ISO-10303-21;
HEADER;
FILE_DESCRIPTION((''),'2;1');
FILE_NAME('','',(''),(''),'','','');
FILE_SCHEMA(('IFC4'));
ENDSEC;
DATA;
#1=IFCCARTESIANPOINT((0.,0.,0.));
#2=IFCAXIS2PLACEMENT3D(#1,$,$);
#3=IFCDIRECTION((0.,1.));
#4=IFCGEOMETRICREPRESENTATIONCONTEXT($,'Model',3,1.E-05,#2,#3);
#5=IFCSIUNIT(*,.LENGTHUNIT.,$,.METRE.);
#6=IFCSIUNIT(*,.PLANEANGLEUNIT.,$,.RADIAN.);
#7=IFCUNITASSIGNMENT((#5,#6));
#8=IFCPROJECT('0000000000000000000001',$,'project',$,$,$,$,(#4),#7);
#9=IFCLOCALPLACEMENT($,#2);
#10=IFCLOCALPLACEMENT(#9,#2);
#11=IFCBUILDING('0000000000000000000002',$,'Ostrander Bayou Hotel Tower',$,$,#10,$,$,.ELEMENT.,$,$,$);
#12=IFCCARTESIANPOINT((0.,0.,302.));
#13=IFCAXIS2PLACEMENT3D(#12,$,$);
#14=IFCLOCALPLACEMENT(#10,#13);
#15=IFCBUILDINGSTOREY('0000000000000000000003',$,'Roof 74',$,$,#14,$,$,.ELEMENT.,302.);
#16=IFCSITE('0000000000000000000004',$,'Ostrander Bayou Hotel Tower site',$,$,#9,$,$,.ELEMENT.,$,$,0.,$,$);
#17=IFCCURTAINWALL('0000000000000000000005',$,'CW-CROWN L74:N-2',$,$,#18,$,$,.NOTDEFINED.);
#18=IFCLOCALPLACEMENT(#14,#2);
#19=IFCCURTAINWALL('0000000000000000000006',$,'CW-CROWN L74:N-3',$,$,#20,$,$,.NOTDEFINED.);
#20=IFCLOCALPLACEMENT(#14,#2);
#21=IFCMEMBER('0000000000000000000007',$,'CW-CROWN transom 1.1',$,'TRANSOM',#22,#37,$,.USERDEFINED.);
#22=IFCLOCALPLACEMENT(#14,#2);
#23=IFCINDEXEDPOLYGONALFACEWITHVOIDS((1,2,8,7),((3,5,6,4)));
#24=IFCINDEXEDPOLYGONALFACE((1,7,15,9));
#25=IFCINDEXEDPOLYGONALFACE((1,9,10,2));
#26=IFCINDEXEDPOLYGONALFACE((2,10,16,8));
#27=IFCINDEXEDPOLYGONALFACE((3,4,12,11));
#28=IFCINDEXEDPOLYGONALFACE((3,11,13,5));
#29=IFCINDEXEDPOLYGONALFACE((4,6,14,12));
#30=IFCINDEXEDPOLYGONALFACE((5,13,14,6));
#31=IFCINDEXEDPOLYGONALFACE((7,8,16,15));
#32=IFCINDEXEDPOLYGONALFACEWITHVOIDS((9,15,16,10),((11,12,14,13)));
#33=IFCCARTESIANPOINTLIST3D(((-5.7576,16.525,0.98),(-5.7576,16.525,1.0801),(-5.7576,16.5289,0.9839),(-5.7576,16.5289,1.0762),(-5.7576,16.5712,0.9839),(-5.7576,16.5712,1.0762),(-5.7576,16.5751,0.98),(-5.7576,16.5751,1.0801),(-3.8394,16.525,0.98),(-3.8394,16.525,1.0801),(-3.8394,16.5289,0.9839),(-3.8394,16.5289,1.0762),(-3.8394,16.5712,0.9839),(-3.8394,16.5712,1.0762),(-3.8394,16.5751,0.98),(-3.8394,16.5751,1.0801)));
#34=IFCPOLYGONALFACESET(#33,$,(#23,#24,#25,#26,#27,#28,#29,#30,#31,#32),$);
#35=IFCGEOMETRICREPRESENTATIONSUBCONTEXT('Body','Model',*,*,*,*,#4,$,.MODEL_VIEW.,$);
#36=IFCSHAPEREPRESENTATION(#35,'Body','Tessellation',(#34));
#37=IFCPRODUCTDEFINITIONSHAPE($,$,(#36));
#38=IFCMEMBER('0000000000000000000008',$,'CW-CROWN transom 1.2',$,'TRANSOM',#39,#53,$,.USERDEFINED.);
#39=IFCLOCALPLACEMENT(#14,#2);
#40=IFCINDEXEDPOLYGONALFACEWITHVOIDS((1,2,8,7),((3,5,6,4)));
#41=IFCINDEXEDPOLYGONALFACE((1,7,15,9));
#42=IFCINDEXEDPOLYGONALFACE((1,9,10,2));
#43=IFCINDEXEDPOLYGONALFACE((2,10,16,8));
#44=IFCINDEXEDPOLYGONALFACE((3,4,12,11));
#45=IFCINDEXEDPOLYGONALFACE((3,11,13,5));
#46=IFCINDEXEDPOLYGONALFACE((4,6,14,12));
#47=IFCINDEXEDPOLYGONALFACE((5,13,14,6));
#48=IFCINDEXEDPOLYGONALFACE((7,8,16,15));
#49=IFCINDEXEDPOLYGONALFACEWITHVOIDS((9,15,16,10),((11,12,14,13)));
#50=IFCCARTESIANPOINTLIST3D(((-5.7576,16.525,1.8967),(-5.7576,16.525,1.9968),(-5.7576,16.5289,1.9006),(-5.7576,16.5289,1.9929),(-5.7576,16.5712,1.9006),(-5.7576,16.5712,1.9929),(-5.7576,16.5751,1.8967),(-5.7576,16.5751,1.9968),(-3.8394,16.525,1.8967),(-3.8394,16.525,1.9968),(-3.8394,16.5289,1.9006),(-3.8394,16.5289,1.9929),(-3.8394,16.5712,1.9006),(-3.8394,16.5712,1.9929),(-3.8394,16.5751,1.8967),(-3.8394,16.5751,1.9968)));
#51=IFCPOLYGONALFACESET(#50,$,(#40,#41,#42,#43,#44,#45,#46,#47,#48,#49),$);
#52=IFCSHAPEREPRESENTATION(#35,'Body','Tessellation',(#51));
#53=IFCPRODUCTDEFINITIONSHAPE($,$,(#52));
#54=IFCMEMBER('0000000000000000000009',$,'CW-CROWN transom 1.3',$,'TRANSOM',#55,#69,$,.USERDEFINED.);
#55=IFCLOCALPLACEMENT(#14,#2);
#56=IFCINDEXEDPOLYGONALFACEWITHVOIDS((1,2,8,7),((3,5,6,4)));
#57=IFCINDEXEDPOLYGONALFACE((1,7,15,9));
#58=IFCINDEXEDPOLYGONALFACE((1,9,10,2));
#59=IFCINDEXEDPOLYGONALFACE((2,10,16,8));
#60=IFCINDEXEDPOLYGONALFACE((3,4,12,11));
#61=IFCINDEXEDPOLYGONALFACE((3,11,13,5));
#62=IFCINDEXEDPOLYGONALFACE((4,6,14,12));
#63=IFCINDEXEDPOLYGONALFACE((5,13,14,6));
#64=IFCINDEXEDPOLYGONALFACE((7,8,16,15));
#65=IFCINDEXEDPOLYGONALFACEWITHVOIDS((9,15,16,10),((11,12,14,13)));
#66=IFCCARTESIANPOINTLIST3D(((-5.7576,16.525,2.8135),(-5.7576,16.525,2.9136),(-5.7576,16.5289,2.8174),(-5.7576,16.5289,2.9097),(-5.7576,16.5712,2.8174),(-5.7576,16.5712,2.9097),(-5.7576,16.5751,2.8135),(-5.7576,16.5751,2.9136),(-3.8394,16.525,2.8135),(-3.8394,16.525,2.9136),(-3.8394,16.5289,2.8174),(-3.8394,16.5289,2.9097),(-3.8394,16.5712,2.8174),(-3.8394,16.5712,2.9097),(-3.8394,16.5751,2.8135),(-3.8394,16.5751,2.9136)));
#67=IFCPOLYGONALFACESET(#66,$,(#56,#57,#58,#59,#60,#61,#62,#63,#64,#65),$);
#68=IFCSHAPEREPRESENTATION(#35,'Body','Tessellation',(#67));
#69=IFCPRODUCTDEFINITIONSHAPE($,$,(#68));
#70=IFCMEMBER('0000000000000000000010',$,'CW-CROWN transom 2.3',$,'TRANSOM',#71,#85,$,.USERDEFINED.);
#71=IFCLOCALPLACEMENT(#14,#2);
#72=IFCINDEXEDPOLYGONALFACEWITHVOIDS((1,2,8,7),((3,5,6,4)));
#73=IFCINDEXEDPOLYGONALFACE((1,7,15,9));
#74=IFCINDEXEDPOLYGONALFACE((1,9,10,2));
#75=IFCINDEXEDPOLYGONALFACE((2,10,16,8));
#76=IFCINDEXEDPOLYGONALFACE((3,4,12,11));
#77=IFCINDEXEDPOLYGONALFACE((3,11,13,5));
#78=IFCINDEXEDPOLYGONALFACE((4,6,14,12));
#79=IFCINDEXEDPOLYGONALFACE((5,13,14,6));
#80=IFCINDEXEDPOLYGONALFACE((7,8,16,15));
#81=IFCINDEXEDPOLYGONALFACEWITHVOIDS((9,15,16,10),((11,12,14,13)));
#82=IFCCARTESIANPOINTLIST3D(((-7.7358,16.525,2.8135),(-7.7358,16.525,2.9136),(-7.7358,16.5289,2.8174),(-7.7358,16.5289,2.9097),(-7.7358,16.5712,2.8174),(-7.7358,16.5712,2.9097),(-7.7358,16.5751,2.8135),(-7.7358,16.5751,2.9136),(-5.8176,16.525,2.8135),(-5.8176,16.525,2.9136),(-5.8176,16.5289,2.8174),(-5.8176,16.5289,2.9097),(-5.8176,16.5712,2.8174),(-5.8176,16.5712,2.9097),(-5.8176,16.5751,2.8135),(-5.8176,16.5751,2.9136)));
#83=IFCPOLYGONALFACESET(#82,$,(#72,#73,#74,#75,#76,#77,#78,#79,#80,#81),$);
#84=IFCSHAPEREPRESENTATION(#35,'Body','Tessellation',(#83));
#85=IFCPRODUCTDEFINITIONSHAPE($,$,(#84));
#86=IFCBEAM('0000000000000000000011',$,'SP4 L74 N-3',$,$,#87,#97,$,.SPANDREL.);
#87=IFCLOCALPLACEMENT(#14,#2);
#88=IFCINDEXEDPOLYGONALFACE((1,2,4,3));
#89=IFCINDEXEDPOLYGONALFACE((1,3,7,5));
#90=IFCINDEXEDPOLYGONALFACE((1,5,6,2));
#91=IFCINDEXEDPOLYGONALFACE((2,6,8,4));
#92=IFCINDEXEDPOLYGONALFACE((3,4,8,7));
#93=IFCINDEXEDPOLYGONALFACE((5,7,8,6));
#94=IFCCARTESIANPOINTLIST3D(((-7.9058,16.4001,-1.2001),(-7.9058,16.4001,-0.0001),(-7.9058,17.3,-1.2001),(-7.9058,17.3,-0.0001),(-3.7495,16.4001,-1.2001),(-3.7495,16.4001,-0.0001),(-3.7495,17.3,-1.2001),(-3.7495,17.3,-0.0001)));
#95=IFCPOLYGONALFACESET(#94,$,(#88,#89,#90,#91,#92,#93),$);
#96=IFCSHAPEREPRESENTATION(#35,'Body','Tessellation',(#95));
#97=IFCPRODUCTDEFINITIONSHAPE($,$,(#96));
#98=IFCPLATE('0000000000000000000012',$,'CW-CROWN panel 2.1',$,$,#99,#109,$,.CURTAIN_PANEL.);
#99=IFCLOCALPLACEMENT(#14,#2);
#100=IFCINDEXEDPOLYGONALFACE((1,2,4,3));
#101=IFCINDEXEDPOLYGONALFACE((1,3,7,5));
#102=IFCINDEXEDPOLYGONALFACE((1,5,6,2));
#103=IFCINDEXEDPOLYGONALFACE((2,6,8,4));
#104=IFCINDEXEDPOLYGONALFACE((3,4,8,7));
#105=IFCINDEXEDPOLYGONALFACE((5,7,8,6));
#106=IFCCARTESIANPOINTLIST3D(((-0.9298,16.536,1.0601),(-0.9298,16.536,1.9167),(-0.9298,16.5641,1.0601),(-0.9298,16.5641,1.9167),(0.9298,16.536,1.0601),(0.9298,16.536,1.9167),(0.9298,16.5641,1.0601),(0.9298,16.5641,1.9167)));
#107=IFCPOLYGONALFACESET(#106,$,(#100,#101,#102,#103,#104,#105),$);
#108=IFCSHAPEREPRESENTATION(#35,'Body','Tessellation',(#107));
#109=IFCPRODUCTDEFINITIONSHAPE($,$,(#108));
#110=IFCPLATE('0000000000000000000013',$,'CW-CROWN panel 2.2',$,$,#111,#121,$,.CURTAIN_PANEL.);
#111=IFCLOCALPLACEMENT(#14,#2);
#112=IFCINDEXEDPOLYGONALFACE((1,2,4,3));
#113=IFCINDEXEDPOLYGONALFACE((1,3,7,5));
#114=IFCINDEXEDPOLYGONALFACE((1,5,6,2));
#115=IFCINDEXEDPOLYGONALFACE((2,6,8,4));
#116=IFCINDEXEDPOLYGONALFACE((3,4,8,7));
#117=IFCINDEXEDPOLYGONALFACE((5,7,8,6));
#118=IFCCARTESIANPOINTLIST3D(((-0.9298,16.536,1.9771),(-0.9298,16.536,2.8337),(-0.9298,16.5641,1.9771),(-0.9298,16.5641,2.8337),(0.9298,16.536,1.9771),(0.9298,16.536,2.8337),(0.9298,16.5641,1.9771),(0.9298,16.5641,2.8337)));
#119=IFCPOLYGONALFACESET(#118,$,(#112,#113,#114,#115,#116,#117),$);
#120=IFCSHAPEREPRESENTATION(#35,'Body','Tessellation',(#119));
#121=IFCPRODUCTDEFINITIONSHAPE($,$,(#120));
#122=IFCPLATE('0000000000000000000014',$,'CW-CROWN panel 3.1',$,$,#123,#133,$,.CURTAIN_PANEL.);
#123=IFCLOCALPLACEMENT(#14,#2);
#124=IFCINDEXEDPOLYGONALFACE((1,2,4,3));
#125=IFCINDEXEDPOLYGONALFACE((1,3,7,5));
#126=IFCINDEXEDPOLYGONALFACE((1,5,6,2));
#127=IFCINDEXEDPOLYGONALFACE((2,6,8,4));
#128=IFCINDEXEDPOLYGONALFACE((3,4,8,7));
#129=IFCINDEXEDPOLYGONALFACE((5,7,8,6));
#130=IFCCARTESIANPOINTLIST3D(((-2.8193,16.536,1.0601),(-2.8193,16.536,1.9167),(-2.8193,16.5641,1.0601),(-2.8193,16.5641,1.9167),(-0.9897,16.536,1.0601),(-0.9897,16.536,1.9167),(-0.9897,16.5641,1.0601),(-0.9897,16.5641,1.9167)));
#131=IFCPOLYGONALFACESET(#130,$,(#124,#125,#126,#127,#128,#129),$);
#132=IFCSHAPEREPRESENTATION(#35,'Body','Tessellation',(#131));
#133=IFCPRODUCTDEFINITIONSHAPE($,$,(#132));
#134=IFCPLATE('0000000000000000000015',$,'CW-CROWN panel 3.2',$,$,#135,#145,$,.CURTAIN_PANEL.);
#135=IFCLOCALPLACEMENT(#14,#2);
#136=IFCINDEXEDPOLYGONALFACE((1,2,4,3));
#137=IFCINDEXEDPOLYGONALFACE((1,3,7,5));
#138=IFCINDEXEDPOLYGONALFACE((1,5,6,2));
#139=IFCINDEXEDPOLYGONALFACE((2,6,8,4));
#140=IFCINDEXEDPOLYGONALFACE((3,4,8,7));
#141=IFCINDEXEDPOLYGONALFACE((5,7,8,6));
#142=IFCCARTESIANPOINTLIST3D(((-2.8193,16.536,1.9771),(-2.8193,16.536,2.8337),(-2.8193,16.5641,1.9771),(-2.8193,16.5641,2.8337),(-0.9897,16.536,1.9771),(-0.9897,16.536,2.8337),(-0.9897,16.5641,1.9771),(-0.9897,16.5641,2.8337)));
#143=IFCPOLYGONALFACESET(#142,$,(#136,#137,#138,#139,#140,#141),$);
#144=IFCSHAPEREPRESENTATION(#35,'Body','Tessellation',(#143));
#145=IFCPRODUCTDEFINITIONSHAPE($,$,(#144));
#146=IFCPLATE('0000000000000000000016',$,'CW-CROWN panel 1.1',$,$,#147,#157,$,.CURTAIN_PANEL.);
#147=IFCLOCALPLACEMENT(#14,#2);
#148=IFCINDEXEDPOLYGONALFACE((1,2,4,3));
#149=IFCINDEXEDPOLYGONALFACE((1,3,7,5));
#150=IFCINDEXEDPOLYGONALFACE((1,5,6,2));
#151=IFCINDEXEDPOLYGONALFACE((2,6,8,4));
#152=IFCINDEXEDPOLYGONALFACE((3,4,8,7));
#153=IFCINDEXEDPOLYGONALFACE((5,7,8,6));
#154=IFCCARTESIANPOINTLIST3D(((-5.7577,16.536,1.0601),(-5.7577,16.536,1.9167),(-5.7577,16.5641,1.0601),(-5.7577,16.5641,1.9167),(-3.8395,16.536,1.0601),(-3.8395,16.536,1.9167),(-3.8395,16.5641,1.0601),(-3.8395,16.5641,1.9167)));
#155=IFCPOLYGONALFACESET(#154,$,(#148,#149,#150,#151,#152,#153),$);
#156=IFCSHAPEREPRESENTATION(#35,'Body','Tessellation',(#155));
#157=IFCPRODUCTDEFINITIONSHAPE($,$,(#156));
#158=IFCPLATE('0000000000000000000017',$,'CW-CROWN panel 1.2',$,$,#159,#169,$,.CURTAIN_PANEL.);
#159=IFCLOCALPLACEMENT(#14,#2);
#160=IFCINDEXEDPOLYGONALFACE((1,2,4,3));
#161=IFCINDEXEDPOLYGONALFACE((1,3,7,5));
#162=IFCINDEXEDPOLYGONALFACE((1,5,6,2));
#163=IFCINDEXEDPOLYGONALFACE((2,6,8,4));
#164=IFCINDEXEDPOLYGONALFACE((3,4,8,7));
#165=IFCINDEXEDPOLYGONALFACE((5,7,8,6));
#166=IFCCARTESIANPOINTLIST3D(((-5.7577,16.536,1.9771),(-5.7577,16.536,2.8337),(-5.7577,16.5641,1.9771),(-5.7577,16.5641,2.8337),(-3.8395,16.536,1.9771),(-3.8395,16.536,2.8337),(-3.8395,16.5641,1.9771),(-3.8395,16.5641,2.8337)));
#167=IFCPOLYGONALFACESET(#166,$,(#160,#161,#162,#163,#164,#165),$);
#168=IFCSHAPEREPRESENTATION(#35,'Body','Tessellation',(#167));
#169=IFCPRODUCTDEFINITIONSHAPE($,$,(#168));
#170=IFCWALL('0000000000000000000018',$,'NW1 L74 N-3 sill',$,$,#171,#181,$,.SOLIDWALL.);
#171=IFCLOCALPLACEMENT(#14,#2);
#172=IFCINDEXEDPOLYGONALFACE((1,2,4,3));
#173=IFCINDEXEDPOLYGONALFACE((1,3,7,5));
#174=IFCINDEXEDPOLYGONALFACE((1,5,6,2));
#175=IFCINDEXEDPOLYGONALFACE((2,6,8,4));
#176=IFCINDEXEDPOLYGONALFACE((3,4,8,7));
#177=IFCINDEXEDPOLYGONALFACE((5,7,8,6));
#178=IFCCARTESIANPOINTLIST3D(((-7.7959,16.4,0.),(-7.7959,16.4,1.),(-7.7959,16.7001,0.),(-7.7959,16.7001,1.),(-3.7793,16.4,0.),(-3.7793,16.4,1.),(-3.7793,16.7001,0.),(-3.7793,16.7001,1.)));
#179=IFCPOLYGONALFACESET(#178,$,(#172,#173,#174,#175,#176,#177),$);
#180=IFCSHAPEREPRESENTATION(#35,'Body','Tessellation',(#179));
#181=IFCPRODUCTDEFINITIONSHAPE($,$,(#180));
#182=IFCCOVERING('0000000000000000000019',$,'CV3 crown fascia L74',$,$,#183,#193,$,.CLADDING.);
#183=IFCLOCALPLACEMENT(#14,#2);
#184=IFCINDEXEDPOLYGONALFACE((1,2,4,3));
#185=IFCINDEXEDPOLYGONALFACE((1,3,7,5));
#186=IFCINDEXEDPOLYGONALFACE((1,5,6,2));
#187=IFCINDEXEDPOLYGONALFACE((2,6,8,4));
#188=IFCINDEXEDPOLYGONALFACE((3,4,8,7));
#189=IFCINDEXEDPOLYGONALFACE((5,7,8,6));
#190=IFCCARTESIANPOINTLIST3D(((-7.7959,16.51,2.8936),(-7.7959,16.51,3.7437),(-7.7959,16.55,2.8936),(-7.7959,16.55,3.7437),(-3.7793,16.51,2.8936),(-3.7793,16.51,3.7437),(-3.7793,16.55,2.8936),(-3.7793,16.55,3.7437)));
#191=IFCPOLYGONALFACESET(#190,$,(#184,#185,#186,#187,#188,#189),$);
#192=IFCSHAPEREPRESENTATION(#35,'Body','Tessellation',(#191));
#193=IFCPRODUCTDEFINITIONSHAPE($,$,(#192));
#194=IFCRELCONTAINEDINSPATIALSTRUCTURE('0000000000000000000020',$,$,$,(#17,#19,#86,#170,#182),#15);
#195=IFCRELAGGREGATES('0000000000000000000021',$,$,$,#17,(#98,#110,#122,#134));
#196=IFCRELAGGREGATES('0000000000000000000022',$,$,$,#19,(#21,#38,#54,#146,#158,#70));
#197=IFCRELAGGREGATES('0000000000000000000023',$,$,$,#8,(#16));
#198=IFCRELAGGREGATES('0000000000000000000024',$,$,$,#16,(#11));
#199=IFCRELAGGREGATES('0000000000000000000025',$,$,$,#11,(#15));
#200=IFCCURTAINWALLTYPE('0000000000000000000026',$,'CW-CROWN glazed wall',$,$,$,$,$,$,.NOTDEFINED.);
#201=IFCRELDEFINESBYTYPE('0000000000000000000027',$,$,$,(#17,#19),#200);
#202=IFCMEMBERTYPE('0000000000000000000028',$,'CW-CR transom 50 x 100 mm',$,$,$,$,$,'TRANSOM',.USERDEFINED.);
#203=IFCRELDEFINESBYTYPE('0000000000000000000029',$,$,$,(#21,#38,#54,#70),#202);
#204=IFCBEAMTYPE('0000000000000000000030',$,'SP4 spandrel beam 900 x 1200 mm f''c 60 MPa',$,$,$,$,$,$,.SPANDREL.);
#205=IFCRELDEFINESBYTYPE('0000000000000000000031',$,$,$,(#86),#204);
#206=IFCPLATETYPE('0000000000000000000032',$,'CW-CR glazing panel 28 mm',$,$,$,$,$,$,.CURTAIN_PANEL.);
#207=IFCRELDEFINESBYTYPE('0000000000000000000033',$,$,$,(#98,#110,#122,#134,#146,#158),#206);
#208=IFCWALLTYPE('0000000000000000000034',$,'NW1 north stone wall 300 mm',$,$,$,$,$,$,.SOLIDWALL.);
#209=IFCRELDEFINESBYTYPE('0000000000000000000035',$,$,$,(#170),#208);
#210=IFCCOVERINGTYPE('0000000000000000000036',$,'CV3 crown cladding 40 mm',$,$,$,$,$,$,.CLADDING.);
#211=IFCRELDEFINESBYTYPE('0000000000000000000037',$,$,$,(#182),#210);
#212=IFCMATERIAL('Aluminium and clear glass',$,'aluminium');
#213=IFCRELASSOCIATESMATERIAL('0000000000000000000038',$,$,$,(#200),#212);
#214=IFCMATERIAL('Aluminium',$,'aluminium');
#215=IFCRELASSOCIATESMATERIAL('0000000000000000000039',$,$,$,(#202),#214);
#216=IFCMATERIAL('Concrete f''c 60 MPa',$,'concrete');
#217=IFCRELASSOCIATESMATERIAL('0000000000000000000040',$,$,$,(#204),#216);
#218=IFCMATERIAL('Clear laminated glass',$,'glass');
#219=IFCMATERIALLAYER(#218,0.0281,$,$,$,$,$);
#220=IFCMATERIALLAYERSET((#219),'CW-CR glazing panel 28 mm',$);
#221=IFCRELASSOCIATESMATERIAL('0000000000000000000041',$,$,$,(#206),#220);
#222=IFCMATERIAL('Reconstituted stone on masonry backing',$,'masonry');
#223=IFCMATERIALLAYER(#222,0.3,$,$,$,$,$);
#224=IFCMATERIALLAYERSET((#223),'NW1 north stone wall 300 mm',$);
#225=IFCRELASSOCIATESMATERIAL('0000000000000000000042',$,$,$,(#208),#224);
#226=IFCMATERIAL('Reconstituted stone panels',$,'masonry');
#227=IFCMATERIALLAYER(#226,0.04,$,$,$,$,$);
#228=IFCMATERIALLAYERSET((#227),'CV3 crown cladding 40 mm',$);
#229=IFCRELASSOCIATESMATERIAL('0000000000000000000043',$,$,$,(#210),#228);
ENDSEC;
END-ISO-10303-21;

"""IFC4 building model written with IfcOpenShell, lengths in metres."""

from ifc_helpers import new_model, si_unit, direction, frame, frame_2d, origin, origin_2d, place, context, subcontext, project, spatial, polyline, rectangle, hollow_rectangle, outline, extrude, material, layer, layer_set, material_profile, profile_set, type_object, element, aggregate, save


model = new_model("IFC4")

# Units and contexts
model_context = context("Model", 3, precision=1e-05, world=origin(), true_north=direction((0.0, 1.0)))
body_context = subcontext(model_context, "Body", "Model", "MODEL_VIEW")
ifc_project = project(units=[si_unit("LENGTHUNIT", "METRE"), si_unit("PLANEANGLEUNIT", "RADIAN")], contexts=[model_context])

# Site, building, storey
site_placement = place(None, origin())
site = spatial("IfcSite", under=ifc_project, at=site_placement, Name="Ostrander Bayou Hotel Tower site", CompositionType="ELEMENT", RefElevation=0.0)
building_placement = place(site_placement, origin())
building = spatial("IfcBuilding", under=site, at=building_placement, Name="Ostrander Bayou Hotel Tower", CompositionType="ELEMENT")
storey_placement = place(building_placement, frame((0.0, 0.0, 302.0)))
storey = spatial("IfcBuildingStorey", under=building, at=storey_placement, Name="Roof 74", CompositionType="ELEMENT", Elevation=302.0)

# Curtain walls
ifc_material_1 = material(Name="Aluminium and clear glass", Category="aluminium")
curtain_wall_type = type_object("IfcCurtainWallType", Name="CW-CROWN glazed wall", PredefinedType="NOTDEFINED", material=ifc_material_1)
curtain_wall_1_placement = place(storey_placement, origin())
curtain_wall_1 = element("IfcCurtainWall", 1, at=curtain_wall_1_placement, inside=storey, type_object=curtain_wall_type, Name="CW-CROWN L74:N-2", PredefinedType="NOTDEFINED")
curtain_wall_2_placement = place(storey_placement, origin())
curtain_wall_2 = element("IfcCurtainWall", 2, at=curtain_wall_2_placement, inside=storey, type_object=curtain_wall_type, Name="CW-CROWN L74:N-3", PredefinedType="NOTDEFINED")

# Members
ifc_material_2 = material(Name="Aluminium", Category="aluminium")
ifc_material_profile_1 = material_profile(ifc_material_2, hollow_rectangle(XDim=0.05, YDim=0.1001, WallThickness=0.0039, at=origin_2d()))
ifc_profile_set_1 = profile_set([ifc_material_profile_1], Name="Aluminium")
member_type_1 = type_object("IfcMemberType", Name="CW-CR transom 50 x 100 mm", ElementType="TRANSOM", PredefinedType="USERDEFINED", material=ifc_profile_set_1)
member_1_placement = place(storey_placement, frame((-3.8394, 16.55, 1.03), z_axis=(-1.0, 0.0, 0.0), x_axis=(0.0, -1.0, 0.0)))
member_1 = element("IfcMember", 3, at=member_1_placement, type_object=member_type_1, Name="CW-CROWN transom 1.1", ObjectType="TRANSOM", PredefinedType="USERDEFINED", context=body_context, shape_type="SweptSolid", body=[
    extrude(hollow_rectangle(XDim=0.05, YDim=0.1001, WallThickness=0.0039, at=origin_2d()), origin(), (0.0, 0.0, 1.0), 1.9182),
])
member_2_placement = place(storey_placement, frame((-3.8394, 16.55, 1.9468), z_axis=(-1.0, 0.0, 0.0), x_axis=(0.0, -1.0, 0.0)))
member_2 = element("IfcMember", 4, at=member_2_placement, type_object=member_type_1, Name="CW-CROWN transom 1.2", ObjectType="TRANSOM", PredefinedType="USERDEFINED", context=body_context, shape_type="SweptSolid", body=[
    extrude(hollow_rectangle(XDim=0.05, YDim=0.1001, WallThickness=0.0039, at=origin_2d()), origin(), (0.0, 0.0, 1.0), 1.9182),
])
member_3_placement = place(storey_placement, frame((-3.8394, 16.55, 2.8635), z_axis=(-1.0, 0.0, 0.0), x_axis=(0.0, -1.0, 0.0)))
member_3 = element("IfcMember", 5, at=member_3_placement, type_object=member_type_1, Name="CW-CROWN transom 1.3", ObjectType="TRANSOM", PredefinedType="USERDEFINED", context=body_context, shape_type="SweptSolid", body=[
    extrude(hollow_rectangle(XDim=0.05, YDim=0.1001, WallThickness=0.0039, at=origin_2d()), origin(), (0.0, 0.0, 1.0), 1.9182),
])
member_4_placement = place(storey_placement, frame((-5.8176, 16.55, 2.8635), z_axis=(-1.0, 0.0, 0.0), x_axis=(0.0, -1.0, 0.0)))
member_4 = element("IfcMember", 6, at=member_4_placement, type_object=member_type_1, Name="CW-CROWN transom 2.3", ObjectType="TRANSOM", PredefinedType="USERDEFINED", context=body_context, shape_type="SweptSolid", body=[
    extrude(hollow_rectangle(XDim=0.05, YDim=0.1001, WallThickness=0.0039, at=origin_2d()), origin(), (0.0, 0.0, 1.0), 1.9182),
])

# Beam
ifc_material_3 = material(Name="Concrete f'c 60 MPa", Category="concrete")
ifc_material_profile_2 = material_profile(ifc_material_3, rectangle(XDim=0.8999, YDim=1.2, at=origin_2d()))
ifc_profile_set_2 = profile_set([ifc_material_profile_2], Name="Concrete f'c 60 MPa")
beam_type = type_object("IfcBeamType", Name="SP4 spandrel beam 900 x 1200 mm f'c 60 MPa", PredefinedType="SPANDREL", material=ifc_profile_set_2)
beam_placement = place(storey_placement, frame((-3.7495, 16.8501, -0.6001), z_axis=(-1.0, 0.0, 0.0), x_axis=(0.0, -1.0, 0.0)))
element("IfcBeam", 7, at=beam_placement, inside=storey, type_object=beam_type, Name="SP4 L74 N-3", PredefinedType="SPANDREL", context=body_context, shape_type="SweptSolid", body=[
    extrude(rectangle(XDim=0.8999, YDim=1.2, at=origin_2d()), origin(), (0.0, 0.0, 1.0), 4.1562),
])

# Plates
ifc_material_4 = material(Name="Clear laminated glass", Category="glass")
ifc_layer_1 = layer(ifc_material_4, 0.0281)
ifc_layer_set_1 = layer_set([ifc_layer_1], Name="CW-CR glazing panel 28 mm")
plate_type = type_object("IfcPlateType", Name="CW-CR glazing panel 28 mm", PredefinedType="CURTAIN_PANEL", material=ifc_layer_set_1)
plate_1_placement = place(storey_placement, frame((0.0, 16.55, 1.0601), z_axis=(0.0, 0.0, 1.0), x_axis=(-1.0, 0.0, 0.0)))
plate_1 = element("IfcPlate", 8, at=plate_1_placement, type_object=plate_type, Name="CW-CROWN panel 2.1", PredefinedType="CURTAIN_PANEL", context=body_context, shape_type="SweptSolid", body=[
    extrude(rectangle(XDim=1.8596, YDim=0.0281, at=origin_2d()), origin(), (0.0, 0.0, 1.0), 0.8567),
])
plate_2_placement = place(storey_placement, frame((0.0, 16.55, 1.9771), z_axis=(0.0, 0.0, 1.0), x_axis=(-1.0, 0.0, 0.0)))
plate_2 = element("IfcPlate", 9, at=plate_2_placement, type_object=plate_type, Name="CW-CROWN panel 2.2", PredefinedType="CURTAIN_PANEL", context=body_context, shape_type="SweptSolid", body=[
    extrude(rectangle(XDim=1.8596, YDim=0.0281, at=origin_2d()), origin(), (0.0, 0.0, 1.0), 0.8567),
])
plate_3_placement = place(storey_placement, frame((-1.9045, 16.55, 1.0601), z_axis=(0.0, 0.0, 1.0), x_axis=(-1.0, 0.0, 0.0)))
plate_3 = element("IfcPlate", 10, at=plate_3_placement, type_object=plate_type, Name="CW-CROWN panel 3.1", PredefinedType="CURTAIN_PANEL", context=body_context, shape_type="SweptSolid", body=[
    extrude(rectangle(XDim=1.8296, YDim=0.0281, at=origin_2d()), origin(), (0.0, 0.0, 1.0), 0.8567),
])
plate_4_placement = place(storey_placement, frame((-1.9045, 16.55, 1.9771), z_axis=(0.0, 0.0, 1.0), x_axis=(-1.0, 0.0, 0.0)))
plate_4 = element("IfcPlate", 11, at=plate_4_placement, type_object=plate_type, Name="CW-CROWN panel 3.2", PredefinedType="CURTAIN_PANEL", context=body_context, shape_type="SweptSolid", body=[
    extrude(rectangle(XDim=1.8296, YDim=0.0281, at=origin_2d()), origin(), (0.0, 0.0, 1.0), 0.8567),
])
aggregate(curtain_wall_1, [plate_1, plate_2, plate_3, plate_4])
plate_5_placement = place(storey_placement, frame((-4.7986, 16.55, 1.0601), z_axis=(0.0, 0.0, 1.0), x_axis=(-1.0, 0.0, 0.0)))
plate_5 = element("IfcPlate", 12, at=plate_5_placement, type_object=plate_type, Name="CW-CROWN panel 1.1", PredefinedType="CURTAIN_PANEL", context=body_context, shape_type="SweptSolid", body=[
    extrude(rectangle(XDim=1.9182, YDim=0.0281, at=origin_2d()), origin(), (0.0, 0.0, 1.0), 0.8567),
])
plate_6_placement = place(storey_placement, frame((-4.7986, 16.55, 1.9771), z_axis=(0.0, 0.0, 1.0), x_axis=(-1.0, 0.0, 0.0)))
plate_6 = element("IfcPlate", 13, at=plate_6_placement, type_object=plate_type, Name="CW-CROWN panel 1.2", PredefinedType="CURTAIN_PANEL", context=body_context, shape_type="SweptSolid", body=[
    extrude(rectangle(XDim=1.9182, YDim=0.0281, at=origin_2d()), origin(), (0.0, 0.0, 1.0), 0.8567),
])
aggregate(curtain_wall_2, [member_1, member_2, member_3, plate_5, plate_6, member_4])

# Wall
ifc_material_5 = material(Name="Reconstituted stone on masonry backing", Category="masonry")
ifc_layer_2 = layer(ifc_material_5, 0.3)
ifc_layer_set_2 = layer_set([ifc_layer_2], Name="NW1 north stone wall 300 mm")
wall_type = type_object("IfcWallType", Name="NW1 north stone wall 300 mm", PredefinedType="SOLIDWALL", material=ifc_layer_set_2)
wall_placement = place(storey_placement, frame((-3.7793, 16.55, 0.0), z_axis=(0.0, 0.0, 1.0), x_axis=(-1.0, 0.0, 0.0)))
element("IfcWall", 14, at=wall_placement, inside=storey, type_object=wall_type, Name="NW1 L74 N-3 sill", PredefinedType="SOLIDWALL", context=body_context, shape_type="SweptSolid", body=[
    extrude(rectangle(XDim=4.0166, YDim=0.3, at=frame_2d((2.0083, 0.0))), origin(), (0.0, 0.0, 1.0), 1.0),
])

# Covering
ifc_material_6 = material(Name="Reconstituted stone panels", Category="masonry")
ifc_layer_3 = layer(ifc_material_6, 0.04)
ifc_layer_set_3 = layer_set([ifc_layer_3], Name="CV3 crown cladding 40 mm")
covering_type = type_object("IfcCoveringType", Name="CV3 crown cladding 40 mm", PredefinedType="CLADDING", material=ifc_layer_set_3)
covering_1_placement = place(storey_placement, frame((-3.7793, 16.55, 2.8936), z_axis=(0.0, 1.0, 0.0), x_axis=(-1.0, 0.0, 0.0)))
element("IfcCovering", 15, at=covering_1_placement, inside=storey, type_object=covering_type, Name="CV3 crown fascia L74", PredefinedType="CLADDING", context=body_context, shape_type="SweptSolid", body=[
    extrude(outline(polyline([(0.0, 0.0), (4.0166, 0.0), (4.0166, 0.8501), (0.0, 0.8501), (0.0, 0.0)])), origin(), (0.0, 0.0, -1.0), 0.04),
])

save(model, "model.ifc")
